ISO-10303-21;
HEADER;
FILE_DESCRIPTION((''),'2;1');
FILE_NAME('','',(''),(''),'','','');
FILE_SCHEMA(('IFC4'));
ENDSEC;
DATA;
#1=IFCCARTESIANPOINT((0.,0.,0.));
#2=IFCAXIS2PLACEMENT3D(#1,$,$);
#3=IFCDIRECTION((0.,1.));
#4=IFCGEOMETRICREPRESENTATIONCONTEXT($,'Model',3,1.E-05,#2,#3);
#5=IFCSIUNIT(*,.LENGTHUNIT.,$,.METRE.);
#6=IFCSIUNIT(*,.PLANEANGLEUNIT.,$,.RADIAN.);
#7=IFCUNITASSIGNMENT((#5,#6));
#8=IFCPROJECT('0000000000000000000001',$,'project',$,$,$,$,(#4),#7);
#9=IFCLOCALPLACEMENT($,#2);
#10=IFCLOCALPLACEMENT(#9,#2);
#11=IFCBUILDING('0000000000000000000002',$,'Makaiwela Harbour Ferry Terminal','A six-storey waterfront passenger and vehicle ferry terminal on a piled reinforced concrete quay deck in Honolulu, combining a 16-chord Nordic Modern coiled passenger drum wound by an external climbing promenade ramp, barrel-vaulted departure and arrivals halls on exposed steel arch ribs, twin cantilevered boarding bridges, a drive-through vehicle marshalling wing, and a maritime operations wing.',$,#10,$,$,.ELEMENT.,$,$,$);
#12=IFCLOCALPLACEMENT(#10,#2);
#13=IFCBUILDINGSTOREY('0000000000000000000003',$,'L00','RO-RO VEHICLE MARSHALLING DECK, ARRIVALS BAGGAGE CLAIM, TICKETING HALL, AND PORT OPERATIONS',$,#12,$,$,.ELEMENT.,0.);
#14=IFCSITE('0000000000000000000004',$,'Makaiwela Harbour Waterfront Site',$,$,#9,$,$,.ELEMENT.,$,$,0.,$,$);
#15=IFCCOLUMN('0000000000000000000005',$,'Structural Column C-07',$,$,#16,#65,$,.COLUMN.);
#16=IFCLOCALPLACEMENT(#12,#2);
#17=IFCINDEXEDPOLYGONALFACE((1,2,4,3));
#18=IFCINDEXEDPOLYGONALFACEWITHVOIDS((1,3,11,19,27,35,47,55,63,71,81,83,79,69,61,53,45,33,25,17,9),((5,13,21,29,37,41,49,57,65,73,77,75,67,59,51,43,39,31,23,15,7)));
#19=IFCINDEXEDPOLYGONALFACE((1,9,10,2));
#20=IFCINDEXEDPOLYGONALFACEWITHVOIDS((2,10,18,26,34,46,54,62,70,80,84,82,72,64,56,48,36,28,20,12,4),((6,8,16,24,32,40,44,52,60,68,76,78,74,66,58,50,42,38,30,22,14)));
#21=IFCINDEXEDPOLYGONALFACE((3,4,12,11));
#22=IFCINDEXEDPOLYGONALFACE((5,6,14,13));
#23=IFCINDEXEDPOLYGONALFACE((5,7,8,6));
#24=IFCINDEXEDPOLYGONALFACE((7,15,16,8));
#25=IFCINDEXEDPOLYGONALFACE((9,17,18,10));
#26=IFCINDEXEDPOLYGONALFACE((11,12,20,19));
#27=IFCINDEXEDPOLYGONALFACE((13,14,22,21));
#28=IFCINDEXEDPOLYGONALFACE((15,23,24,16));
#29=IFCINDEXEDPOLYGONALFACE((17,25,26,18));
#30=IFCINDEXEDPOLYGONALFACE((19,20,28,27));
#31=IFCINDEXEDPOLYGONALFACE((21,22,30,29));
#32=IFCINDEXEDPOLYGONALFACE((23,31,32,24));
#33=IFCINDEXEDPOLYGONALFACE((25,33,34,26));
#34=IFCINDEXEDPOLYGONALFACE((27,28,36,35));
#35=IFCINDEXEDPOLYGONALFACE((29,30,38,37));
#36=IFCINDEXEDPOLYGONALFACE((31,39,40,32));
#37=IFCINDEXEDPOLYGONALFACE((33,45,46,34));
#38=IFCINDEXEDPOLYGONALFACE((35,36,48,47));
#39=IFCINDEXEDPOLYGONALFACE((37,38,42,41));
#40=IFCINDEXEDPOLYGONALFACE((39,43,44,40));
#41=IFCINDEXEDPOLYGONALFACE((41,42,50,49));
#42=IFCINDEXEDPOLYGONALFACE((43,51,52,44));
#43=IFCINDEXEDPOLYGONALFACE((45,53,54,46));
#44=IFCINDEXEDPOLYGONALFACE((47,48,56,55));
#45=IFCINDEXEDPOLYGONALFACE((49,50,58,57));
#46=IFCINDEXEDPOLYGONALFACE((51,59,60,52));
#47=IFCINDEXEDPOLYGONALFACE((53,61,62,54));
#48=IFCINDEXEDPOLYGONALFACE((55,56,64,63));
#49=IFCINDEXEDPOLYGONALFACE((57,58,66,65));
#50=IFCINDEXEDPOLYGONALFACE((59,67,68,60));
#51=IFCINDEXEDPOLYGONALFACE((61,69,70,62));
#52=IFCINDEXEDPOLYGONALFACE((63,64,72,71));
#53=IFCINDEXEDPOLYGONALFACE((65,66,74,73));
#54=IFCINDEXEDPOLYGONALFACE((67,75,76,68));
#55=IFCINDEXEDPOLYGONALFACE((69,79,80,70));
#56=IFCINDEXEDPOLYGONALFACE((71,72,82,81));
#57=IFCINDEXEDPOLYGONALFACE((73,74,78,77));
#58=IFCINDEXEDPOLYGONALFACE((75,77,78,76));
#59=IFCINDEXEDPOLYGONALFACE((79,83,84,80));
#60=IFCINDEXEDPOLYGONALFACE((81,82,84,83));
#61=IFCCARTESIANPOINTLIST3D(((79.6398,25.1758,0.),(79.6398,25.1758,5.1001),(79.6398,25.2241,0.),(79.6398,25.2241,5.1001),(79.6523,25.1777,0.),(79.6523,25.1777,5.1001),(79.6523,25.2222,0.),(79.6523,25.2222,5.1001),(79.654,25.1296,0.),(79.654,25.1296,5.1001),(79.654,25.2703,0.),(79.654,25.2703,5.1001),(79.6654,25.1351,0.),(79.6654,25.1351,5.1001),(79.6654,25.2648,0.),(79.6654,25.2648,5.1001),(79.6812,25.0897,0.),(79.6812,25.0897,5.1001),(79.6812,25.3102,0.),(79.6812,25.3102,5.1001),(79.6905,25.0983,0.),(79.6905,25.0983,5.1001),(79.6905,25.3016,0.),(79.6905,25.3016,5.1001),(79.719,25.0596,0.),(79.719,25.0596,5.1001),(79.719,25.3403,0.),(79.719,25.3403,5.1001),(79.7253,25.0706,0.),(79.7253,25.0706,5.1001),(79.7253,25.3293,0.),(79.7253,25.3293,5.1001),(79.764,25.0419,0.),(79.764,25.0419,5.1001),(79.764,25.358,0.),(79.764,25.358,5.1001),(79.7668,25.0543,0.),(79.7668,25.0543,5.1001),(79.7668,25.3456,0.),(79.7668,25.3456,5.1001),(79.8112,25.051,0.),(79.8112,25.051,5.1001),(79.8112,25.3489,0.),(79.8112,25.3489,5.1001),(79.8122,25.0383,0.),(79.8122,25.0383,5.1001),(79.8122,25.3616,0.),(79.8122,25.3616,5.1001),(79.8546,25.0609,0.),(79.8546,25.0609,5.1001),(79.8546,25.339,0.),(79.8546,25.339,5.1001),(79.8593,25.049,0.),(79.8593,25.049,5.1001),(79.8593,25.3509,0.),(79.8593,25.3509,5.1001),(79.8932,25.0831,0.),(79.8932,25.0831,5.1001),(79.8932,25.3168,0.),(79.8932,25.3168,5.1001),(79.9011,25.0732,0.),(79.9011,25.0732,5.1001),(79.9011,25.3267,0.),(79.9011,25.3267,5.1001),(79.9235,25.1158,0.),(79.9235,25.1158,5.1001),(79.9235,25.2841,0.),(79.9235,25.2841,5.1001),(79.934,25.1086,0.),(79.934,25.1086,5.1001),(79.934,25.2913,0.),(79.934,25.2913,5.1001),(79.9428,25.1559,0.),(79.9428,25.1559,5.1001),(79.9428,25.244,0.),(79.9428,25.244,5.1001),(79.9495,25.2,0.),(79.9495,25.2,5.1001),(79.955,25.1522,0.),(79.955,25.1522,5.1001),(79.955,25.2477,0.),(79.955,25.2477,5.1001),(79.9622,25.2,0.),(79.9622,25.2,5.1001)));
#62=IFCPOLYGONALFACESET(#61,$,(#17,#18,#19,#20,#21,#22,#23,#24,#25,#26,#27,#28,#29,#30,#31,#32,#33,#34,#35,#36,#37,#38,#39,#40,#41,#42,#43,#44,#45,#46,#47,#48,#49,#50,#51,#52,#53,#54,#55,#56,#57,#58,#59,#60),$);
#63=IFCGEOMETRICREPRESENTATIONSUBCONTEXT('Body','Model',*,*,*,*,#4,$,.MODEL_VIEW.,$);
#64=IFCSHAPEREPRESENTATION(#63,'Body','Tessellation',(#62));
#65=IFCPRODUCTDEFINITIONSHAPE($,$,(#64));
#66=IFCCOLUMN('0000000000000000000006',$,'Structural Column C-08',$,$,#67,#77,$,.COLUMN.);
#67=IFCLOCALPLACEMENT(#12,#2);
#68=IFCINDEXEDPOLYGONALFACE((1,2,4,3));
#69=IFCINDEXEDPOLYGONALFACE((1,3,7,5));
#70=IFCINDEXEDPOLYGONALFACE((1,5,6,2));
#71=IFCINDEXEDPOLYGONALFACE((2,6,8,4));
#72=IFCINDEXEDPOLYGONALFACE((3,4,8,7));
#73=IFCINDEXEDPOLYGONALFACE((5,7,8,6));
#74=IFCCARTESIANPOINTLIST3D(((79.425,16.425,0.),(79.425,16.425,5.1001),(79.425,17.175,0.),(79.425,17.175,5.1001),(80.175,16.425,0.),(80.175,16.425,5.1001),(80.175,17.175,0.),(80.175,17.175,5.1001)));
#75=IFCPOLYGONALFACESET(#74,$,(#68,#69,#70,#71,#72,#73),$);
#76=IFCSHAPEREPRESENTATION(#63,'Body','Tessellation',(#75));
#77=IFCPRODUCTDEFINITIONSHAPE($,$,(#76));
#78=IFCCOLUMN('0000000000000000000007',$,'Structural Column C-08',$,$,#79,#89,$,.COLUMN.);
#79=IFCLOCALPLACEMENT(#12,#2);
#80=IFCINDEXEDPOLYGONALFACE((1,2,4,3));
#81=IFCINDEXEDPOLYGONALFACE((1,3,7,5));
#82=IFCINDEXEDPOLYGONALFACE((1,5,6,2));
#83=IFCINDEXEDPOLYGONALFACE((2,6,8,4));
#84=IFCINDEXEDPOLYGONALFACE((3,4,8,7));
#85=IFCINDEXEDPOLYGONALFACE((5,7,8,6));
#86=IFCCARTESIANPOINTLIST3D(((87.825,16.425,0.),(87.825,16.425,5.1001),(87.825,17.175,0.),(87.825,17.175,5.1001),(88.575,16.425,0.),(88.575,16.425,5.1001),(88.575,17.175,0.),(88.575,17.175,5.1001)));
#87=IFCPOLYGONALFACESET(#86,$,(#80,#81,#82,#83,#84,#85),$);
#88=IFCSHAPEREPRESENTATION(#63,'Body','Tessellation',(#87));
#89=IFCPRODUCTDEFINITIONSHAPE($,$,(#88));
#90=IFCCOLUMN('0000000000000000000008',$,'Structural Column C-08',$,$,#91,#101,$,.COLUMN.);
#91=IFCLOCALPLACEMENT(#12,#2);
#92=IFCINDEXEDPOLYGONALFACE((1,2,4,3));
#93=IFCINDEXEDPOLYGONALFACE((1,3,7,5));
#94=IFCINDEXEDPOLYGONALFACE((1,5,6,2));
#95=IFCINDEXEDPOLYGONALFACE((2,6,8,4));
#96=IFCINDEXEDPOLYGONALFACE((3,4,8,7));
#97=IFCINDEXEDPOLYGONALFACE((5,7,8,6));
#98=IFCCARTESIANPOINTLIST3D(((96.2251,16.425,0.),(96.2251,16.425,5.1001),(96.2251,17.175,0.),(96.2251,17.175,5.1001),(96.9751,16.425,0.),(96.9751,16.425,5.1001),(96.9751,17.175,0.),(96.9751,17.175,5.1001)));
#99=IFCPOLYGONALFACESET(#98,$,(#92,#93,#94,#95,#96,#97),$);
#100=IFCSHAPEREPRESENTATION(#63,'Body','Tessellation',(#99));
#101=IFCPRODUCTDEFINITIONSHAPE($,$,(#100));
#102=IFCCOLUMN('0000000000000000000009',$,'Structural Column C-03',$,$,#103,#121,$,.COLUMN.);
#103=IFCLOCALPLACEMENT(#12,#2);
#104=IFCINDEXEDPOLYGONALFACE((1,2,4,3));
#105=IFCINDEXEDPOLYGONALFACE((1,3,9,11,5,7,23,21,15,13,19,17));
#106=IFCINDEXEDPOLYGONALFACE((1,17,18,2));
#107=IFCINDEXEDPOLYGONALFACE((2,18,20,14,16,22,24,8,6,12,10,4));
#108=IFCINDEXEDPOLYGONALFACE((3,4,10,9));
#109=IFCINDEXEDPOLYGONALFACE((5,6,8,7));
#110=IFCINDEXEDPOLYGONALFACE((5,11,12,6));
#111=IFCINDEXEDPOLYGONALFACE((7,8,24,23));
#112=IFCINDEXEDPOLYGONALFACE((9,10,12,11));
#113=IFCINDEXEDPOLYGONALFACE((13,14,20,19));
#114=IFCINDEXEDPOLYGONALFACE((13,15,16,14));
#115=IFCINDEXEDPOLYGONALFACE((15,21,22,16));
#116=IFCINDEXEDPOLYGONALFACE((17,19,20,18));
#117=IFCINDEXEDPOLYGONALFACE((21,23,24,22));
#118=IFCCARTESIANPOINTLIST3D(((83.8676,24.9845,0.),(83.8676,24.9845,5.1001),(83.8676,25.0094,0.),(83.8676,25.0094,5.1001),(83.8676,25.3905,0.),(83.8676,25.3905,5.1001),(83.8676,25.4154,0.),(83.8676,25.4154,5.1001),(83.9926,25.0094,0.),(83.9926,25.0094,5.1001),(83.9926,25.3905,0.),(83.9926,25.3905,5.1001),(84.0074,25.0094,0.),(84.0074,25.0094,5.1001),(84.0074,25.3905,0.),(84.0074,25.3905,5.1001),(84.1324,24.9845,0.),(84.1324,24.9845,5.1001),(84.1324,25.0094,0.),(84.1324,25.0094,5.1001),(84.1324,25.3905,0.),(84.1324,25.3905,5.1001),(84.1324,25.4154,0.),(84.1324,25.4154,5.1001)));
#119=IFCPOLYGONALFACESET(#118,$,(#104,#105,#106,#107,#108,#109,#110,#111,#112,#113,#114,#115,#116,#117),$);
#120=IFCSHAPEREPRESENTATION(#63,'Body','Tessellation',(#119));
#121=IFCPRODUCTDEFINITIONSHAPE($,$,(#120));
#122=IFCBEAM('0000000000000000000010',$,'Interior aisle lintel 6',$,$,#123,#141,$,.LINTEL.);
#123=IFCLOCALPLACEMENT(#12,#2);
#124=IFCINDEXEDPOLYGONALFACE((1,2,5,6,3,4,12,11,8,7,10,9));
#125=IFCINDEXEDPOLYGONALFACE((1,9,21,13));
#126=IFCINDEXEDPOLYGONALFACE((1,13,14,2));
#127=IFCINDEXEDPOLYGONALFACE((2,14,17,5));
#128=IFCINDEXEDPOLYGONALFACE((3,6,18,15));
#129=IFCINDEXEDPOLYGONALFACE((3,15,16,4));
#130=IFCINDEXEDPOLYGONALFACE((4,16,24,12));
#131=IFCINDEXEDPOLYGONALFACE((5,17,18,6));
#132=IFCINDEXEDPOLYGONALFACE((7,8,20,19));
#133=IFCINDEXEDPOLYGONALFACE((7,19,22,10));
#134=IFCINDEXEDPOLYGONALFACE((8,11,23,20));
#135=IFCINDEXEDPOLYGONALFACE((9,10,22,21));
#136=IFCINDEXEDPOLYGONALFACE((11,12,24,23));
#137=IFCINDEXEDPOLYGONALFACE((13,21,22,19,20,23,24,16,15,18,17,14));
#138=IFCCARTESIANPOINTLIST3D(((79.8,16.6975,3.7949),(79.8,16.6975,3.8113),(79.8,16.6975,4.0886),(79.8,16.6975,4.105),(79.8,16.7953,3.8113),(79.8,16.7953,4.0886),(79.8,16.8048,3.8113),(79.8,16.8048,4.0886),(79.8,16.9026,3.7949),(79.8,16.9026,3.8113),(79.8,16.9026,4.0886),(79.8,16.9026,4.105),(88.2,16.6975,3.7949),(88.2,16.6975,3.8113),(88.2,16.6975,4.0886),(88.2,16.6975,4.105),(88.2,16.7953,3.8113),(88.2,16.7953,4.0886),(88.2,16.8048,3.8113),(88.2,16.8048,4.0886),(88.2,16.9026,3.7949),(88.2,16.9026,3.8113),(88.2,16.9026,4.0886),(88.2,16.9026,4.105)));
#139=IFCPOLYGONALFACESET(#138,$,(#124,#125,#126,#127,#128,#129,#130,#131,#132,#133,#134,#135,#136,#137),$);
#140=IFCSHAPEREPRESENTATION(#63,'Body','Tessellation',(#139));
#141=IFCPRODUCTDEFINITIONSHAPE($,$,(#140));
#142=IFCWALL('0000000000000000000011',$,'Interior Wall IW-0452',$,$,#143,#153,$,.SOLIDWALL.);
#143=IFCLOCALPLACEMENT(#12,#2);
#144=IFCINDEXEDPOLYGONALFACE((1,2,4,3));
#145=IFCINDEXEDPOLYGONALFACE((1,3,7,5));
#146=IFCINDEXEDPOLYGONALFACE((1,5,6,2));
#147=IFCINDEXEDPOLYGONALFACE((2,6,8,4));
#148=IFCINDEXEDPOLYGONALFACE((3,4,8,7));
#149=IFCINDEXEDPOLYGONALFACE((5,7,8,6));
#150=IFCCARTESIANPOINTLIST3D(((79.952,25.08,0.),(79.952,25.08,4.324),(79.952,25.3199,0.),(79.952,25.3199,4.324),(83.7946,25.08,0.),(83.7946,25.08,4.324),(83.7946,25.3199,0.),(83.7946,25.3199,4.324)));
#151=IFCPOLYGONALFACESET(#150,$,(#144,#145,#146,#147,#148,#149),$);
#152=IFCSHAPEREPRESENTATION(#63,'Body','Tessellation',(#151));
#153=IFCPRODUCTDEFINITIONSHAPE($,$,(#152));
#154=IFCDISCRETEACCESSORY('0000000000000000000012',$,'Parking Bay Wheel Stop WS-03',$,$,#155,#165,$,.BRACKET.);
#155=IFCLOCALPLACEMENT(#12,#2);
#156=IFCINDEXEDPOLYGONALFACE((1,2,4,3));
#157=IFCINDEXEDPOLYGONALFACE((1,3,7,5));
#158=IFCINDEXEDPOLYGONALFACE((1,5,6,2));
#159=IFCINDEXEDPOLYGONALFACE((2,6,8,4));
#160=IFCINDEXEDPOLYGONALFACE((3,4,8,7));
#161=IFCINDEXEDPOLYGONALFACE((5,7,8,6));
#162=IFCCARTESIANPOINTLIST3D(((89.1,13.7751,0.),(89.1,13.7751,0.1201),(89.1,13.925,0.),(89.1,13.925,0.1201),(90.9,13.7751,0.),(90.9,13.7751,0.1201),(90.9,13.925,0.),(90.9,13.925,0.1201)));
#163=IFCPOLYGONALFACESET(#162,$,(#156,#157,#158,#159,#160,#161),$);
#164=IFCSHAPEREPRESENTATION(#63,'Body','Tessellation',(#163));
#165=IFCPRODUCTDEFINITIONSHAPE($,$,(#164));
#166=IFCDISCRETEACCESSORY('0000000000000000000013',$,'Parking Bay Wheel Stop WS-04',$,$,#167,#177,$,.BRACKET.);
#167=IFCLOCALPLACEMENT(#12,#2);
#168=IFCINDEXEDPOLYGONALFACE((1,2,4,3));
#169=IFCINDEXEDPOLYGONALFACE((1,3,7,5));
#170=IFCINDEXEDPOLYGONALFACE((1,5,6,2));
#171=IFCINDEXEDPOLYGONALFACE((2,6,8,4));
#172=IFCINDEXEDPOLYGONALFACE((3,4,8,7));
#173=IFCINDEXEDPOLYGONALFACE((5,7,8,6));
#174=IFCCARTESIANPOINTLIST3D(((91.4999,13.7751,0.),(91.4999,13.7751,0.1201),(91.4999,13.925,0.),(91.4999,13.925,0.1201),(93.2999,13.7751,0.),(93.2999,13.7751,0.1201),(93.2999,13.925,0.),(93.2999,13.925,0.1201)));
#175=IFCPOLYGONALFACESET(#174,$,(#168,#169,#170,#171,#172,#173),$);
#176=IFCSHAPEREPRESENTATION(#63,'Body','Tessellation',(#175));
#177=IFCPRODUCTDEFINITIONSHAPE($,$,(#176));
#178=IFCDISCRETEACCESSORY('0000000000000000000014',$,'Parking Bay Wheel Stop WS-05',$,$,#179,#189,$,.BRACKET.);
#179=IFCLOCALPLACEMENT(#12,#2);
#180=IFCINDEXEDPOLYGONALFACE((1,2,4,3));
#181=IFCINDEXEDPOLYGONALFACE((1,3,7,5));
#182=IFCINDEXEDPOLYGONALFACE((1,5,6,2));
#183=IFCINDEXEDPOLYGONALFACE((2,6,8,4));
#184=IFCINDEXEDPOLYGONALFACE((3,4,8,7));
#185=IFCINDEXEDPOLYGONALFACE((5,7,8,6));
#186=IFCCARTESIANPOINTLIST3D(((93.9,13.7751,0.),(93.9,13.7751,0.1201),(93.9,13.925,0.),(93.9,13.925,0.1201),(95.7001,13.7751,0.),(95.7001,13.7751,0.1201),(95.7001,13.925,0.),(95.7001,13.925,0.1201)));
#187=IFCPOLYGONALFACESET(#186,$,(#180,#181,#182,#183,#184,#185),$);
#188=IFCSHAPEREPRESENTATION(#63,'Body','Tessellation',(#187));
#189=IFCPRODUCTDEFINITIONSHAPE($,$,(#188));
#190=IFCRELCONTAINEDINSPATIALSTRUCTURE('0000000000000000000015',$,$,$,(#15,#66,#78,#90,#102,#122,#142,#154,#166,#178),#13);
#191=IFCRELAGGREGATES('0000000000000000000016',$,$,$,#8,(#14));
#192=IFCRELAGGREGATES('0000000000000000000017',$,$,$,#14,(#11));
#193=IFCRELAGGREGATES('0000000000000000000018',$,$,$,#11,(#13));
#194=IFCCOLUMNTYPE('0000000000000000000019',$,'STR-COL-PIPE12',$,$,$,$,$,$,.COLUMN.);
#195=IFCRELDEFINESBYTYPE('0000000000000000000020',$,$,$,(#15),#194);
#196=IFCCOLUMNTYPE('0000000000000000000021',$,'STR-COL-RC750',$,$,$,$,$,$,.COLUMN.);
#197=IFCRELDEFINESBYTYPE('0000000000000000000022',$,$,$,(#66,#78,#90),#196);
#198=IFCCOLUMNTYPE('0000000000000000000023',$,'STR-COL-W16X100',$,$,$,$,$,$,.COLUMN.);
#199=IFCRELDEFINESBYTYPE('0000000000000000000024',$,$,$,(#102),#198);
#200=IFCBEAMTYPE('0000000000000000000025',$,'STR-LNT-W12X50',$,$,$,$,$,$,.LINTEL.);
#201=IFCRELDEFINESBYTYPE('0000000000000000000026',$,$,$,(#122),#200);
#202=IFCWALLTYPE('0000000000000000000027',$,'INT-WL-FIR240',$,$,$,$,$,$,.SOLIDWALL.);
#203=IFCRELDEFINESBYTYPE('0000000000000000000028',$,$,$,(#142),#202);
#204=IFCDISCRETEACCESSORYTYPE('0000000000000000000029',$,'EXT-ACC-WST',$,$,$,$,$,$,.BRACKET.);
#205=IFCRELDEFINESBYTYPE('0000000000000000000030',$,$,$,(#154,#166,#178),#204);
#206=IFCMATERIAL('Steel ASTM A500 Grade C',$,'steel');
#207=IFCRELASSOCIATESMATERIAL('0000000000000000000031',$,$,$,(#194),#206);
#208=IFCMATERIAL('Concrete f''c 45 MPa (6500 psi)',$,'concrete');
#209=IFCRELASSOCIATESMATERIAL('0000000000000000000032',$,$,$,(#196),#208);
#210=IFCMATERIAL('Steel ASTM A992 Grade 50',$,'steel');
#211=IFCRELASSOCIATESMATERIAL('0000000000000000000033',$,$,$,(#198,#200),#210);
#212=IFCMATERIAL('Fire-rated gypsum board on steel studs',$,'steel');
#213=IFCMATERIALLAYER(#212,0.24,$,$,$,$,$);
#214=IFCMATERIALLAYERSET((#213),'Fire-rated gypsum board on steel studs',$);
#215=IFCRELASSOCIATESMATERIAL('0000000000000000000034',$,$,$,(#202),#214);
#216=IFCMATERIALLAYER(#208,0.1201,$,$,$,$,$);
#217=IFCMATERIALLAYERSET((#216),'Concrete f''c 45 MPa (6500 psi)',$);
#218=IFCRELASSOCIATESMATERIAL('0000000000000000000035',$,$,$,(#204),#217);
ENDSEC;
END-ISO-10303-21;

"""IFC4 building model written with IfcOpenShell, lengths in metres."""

from ifc_helpers import new_model, si_unit, direction, frame, frame_2d, origin, origin_2d, place, context, subcontext, project, spatial, rectangle, hollow_circle, i_section, extrude, material, layer, layer_set, material_profile, profile_set, type_object, element, save


model = new_model("IFC4")

# Units and contexts
model_context = context("Model", 3, precision=1e-05, world=origin(), true_north=direction((0.0, 1.0)))
body_context = subcontext(model_context, "Body", "Model", "MODEL_VIEW")
ifc_project = project(units=[si_unit("LENGTHUNIT", "METRE"), si_unit("PLANEANGLEUNIT", "RADIAN")], contexts=[model_context])

# Site, building, storey
site_placement = place(None, origin())
site = spatial("IfcSite", under=ifc_project, at=site_placement, Name="Makaiwela Harbour Waterfront Site", CompositionType="ELEMENT", RefElevation=0.0)
building_placement = place(site_placement, origin())
building = spatial("IfcBuilding", under=site, at=building_placement, Name="Makaiwela Harbour Ferry Terminal", Description="A six-storey waterfront passenger and vehicle ferry terminal on a piled reinforced concrete quay deck in Honolulu, combining a 16-chord Nordic Modern coiled passenger drum wound by an external climbing promenade ramp, barrel-vaulted departure and arrivals halls on exposed steel arch ribs, twin cantilevered boarding bridges, a drive-through vehicle marshalling wing, and a maritime operations wing.", CompositionType="ELEMENT")
storey_placement = place(building_placement, origin())
storey = spatial("IfcBuildingStorey", under=building, at=storey_placement, Name="L00", Description="RO-RO VEHICLE MARSHALLING DECK, ARRIVALS BAGGAGE CLAIM, TICKETING HALL, AND PORT OPERATIONS", CompositionType="ELEMENT", Elevation=0.0)

# Shared definitions
ifc_material_1 = material(Name="Concrete f'c 45 MPa (6500 psi)", Category="concrete")

# Columns
ifc_material_2 = material(Name="Steel ASTM A500 Grade C", Category="steel")
ifc_material_profile_1 = material_profile(ifc_material_2, hollow_circle(Radius=0.1621, WallThickness=0.0127, at=origin_2d()), Name="PIPE12XS")
ifc_profile_set_1 = profile_set([ifc_material_profile_1], Name="Steel ASTM A500 Grade C")
column_type_1 = type_object("IfcColumnType", Name="STR-COL-PIPE12", PredefinedType="COLUMN", material=ifc_profile_set_1)
column_1_placement = place(storey_placement, frame((79.8, 25.2, 0.0), z_axis=(0.0, 0.0, 1.0), x_axis=(1.0, 0.0, 0.0)))
element("IfcColumn", 1, at=column_1_placement, inside=storey, type_object=column_type_1, Name="Structural Column C-07", PredefinedType="COLUMN", context=body_context, shape_type="SweptSolid", body=[
    extrude(hollow_circle(Radius=0.1621, WallThickness=0.0127, at=origin_2d()), origin(), (0.0, 0.0, 1.0), 5.1001),
])
ifc_material_profile_2 = material_profile(ifc_material_1, rectangle(XDim=0.75, YDim=0.75, at=origin_2d()), Name="RC-750X750")
ifc_profile_set_2 = profile_set([ifc_material_profile_2], Name="Concrete f'c 45 MPa (6500 psi)")
column_type_2 = type_object("IfcColumnType", Name="STR-COL-RC750", PredefinedType="COLUMN", material=ifc_profile_set_2)
for number, where, z_axis, x_axis, name in (
    (2, (79.8, 16.8, 0.0), (0.0, 0.0, 1.0), (1.0, 0.0, 0.0), "Structural Column C-08"),
    (3, (88.2, 16.8, 0.0), (0.0, 0.0, 1.0), (1.0, 0.0, 0.0), "Structural Column C-08"),
    (4, (96.6001, 16.8, 0.0), (0.0, 0.0, 1.0), (1.0, 0.0, 0.0), "Structural Column C-08"),
):
    element("IfcColumn", number, at=place(storey_placement, frame(where, z_axis=z_axis, x_axis=x_axis)), inside=storey, type_object=column_type_2, Name=name, PredefinedType="COLUMN", context=body_context, shape_type="SweptSolid", body=[
        extrude(rectangle(XDim=0.75, YDim=0.75, at=origin_2d()), origin(), (0.0, 0.0, 1.0), 5.1001),
    ])
ifc_material_3 = material(Name="Steel ASTM A992 Grade 50", Category="steel")
ifc_material_profile_3 = material_profile(ifc_material_3, i_section(OverallWidth=0.2649, OverallDepth=0.4309, WebThickness=0.0149, FlangeThickness=0.0249, at=origin_2d()), Name="W16X100")
ifc_profile_set_3 = profile_set([ifc_material_profile_3], Name="Steel ASTM A992 Grade 50")
column_type_3 = type_object("IfcColumnType", Name="STR-COL-W16X100", PredefinedType="COLUMN", material=ifc_profile_set_3)
column_2_placement = place(storey_placement, frame((84.0, 25.2, 0.0), z_axis=(0.0, 0.0, 1.0), x_axis=(1.0, 0.0, 0.0)))
element("IfcColumn", 5, at=column_2_placement, inside=storey, type_object=column_type_3, Name="Structural Column C-03", PredefinedType="COLUMN", context=body_context, shape_type="SweptSolid", body=[
    extrude(i_section(OverallWidth=0.2649, OverallDepth=0.4309, WebThickness=0.0149, FlangeThickness=0.0249, at=origin_2d()), origin(), (0.0, 0.0, 1.0), 5.1001),
])

# Beam
ifc_material_profile_4 = material_profile(ifc_material_3, i_section(OverallWidth=0.2051, OverallDepth=0.3101, WebThickness=0.0095, FlangeThickness=0.0164, at=origin_2d()), Name="W12X50")
ifc_profile_set_4 = profile_set([ifc_material_profile_4], Name="Steel ASTM A992 Grade 50")
beam_type = type_object("IfcBeamType", Name="STR-LNT-W12X50", PredefinedType="LINTEL", material=ifc_profile_set_4)
beam_placement = place(storey_placement, frame((79.8, 16.8, 3.95), z_axis=(1.0, 0.0, 0.0), x_axis=(0.0, 1.0, 0.0)))
element("IfcBeam", 6, at=beam_placement, inside=storey, type_object=beam_type, Name="Interior aisle lintel 6", PredefinedType="LINTEL", context=body_context, shape_type="SweptSolid", body=[
    extrude(i_section(OverallWidth=0.2051, OverallDepth=0.3101, WebThickness=0.0095, FlangeThickness=0.0164, at=origin_2d()), origin(), (0.0, 0.0, 1.0), 8.3999),
])

# Wall
ifc_material_4 = material(Name="Fire-rated gypsum board on steel studs", Category="steel")
ifc_layer_1 = layer(ifc_material_4, 0.24)
ifc_layer_set_1 = layer_set([ifc_layer_1], Name="Fire-rated gypsum board on steel studs")
wall_type = type_object("IfcWallType", Name="INT-WL-FIR240", PredefinedType="SOLIDWALL", material=ifc_layer_set_1)
wall_placement = place(storey_placement, frame((79.9519, 25.2, 0.0), z_axis=(0.0, 0.0, 1.0), x_axis=(1.0, 0.0, 0.0)))
element("IfcWall", 7, at=wall_placement, inside=storey, type_object=wall_type, Name="Interior Wall IW-0452", PredefinedType="SOLIDWALL", context=body_context, shape_type="SweptSolid", body=[
    extrude(rectangle(XDim=3.8425, YDim=0.24, at=frame_2d((1.9214, 0.0))), origin(), (0.0, 0.0, 1.0), 4.324),
])

# Discrete accessories
ifc_layer_2 = layer(ifc_material_1, 0.1201)
ifc_layer_set_2 = layer_set([ifc_layer_2], Name="Concrete f'c 45 MPa (6500 psi)")
discrete_accessory_type = type_object("IfcDiscreteAccessoryType", Name="EXT-ACC-WST", PredefinedType="BRACKET", material=ifc_layer_set_2)
for number, where, z_axis, x_axis, name in (
    (8, (90.0, 13.8501, 0.0), (0.0, 0.0, 1.0), (1.0, 0.0, 0.0), "Parking Bay Wheel Stop WS-03"),
    (9, (92.3999, 13.8501, 0.0), (0.0, 0.0, 1.0), (1.0, 0.0, 0.0), "Parking Bay Wheel Stop WS-04"),
    (10, (94.8, 13.8501, 0.0), (0.0, 0.0, 1.0), (1.0, 0.0, 0.0), "Parking Bay Wheel Stop WS-05"),
):
    element("IfcDiscreteAccessory", number, at=place(storey_placement, frame(where, z_axis=z_axis, x_axis=x_axis)), inside=storey, type_object=discrete_accessory_type, Name=name, PredefinedType="BRACKET", context=body_context, shape_type="SweptSolid", body=[
        extrude(rectangle(XDim=1.8, YDim=0.1499, at=origin_2d()), origin(), (0.0, 0.0, 1.0), 0.1201),
    ])

save(model, "model.ifc")
